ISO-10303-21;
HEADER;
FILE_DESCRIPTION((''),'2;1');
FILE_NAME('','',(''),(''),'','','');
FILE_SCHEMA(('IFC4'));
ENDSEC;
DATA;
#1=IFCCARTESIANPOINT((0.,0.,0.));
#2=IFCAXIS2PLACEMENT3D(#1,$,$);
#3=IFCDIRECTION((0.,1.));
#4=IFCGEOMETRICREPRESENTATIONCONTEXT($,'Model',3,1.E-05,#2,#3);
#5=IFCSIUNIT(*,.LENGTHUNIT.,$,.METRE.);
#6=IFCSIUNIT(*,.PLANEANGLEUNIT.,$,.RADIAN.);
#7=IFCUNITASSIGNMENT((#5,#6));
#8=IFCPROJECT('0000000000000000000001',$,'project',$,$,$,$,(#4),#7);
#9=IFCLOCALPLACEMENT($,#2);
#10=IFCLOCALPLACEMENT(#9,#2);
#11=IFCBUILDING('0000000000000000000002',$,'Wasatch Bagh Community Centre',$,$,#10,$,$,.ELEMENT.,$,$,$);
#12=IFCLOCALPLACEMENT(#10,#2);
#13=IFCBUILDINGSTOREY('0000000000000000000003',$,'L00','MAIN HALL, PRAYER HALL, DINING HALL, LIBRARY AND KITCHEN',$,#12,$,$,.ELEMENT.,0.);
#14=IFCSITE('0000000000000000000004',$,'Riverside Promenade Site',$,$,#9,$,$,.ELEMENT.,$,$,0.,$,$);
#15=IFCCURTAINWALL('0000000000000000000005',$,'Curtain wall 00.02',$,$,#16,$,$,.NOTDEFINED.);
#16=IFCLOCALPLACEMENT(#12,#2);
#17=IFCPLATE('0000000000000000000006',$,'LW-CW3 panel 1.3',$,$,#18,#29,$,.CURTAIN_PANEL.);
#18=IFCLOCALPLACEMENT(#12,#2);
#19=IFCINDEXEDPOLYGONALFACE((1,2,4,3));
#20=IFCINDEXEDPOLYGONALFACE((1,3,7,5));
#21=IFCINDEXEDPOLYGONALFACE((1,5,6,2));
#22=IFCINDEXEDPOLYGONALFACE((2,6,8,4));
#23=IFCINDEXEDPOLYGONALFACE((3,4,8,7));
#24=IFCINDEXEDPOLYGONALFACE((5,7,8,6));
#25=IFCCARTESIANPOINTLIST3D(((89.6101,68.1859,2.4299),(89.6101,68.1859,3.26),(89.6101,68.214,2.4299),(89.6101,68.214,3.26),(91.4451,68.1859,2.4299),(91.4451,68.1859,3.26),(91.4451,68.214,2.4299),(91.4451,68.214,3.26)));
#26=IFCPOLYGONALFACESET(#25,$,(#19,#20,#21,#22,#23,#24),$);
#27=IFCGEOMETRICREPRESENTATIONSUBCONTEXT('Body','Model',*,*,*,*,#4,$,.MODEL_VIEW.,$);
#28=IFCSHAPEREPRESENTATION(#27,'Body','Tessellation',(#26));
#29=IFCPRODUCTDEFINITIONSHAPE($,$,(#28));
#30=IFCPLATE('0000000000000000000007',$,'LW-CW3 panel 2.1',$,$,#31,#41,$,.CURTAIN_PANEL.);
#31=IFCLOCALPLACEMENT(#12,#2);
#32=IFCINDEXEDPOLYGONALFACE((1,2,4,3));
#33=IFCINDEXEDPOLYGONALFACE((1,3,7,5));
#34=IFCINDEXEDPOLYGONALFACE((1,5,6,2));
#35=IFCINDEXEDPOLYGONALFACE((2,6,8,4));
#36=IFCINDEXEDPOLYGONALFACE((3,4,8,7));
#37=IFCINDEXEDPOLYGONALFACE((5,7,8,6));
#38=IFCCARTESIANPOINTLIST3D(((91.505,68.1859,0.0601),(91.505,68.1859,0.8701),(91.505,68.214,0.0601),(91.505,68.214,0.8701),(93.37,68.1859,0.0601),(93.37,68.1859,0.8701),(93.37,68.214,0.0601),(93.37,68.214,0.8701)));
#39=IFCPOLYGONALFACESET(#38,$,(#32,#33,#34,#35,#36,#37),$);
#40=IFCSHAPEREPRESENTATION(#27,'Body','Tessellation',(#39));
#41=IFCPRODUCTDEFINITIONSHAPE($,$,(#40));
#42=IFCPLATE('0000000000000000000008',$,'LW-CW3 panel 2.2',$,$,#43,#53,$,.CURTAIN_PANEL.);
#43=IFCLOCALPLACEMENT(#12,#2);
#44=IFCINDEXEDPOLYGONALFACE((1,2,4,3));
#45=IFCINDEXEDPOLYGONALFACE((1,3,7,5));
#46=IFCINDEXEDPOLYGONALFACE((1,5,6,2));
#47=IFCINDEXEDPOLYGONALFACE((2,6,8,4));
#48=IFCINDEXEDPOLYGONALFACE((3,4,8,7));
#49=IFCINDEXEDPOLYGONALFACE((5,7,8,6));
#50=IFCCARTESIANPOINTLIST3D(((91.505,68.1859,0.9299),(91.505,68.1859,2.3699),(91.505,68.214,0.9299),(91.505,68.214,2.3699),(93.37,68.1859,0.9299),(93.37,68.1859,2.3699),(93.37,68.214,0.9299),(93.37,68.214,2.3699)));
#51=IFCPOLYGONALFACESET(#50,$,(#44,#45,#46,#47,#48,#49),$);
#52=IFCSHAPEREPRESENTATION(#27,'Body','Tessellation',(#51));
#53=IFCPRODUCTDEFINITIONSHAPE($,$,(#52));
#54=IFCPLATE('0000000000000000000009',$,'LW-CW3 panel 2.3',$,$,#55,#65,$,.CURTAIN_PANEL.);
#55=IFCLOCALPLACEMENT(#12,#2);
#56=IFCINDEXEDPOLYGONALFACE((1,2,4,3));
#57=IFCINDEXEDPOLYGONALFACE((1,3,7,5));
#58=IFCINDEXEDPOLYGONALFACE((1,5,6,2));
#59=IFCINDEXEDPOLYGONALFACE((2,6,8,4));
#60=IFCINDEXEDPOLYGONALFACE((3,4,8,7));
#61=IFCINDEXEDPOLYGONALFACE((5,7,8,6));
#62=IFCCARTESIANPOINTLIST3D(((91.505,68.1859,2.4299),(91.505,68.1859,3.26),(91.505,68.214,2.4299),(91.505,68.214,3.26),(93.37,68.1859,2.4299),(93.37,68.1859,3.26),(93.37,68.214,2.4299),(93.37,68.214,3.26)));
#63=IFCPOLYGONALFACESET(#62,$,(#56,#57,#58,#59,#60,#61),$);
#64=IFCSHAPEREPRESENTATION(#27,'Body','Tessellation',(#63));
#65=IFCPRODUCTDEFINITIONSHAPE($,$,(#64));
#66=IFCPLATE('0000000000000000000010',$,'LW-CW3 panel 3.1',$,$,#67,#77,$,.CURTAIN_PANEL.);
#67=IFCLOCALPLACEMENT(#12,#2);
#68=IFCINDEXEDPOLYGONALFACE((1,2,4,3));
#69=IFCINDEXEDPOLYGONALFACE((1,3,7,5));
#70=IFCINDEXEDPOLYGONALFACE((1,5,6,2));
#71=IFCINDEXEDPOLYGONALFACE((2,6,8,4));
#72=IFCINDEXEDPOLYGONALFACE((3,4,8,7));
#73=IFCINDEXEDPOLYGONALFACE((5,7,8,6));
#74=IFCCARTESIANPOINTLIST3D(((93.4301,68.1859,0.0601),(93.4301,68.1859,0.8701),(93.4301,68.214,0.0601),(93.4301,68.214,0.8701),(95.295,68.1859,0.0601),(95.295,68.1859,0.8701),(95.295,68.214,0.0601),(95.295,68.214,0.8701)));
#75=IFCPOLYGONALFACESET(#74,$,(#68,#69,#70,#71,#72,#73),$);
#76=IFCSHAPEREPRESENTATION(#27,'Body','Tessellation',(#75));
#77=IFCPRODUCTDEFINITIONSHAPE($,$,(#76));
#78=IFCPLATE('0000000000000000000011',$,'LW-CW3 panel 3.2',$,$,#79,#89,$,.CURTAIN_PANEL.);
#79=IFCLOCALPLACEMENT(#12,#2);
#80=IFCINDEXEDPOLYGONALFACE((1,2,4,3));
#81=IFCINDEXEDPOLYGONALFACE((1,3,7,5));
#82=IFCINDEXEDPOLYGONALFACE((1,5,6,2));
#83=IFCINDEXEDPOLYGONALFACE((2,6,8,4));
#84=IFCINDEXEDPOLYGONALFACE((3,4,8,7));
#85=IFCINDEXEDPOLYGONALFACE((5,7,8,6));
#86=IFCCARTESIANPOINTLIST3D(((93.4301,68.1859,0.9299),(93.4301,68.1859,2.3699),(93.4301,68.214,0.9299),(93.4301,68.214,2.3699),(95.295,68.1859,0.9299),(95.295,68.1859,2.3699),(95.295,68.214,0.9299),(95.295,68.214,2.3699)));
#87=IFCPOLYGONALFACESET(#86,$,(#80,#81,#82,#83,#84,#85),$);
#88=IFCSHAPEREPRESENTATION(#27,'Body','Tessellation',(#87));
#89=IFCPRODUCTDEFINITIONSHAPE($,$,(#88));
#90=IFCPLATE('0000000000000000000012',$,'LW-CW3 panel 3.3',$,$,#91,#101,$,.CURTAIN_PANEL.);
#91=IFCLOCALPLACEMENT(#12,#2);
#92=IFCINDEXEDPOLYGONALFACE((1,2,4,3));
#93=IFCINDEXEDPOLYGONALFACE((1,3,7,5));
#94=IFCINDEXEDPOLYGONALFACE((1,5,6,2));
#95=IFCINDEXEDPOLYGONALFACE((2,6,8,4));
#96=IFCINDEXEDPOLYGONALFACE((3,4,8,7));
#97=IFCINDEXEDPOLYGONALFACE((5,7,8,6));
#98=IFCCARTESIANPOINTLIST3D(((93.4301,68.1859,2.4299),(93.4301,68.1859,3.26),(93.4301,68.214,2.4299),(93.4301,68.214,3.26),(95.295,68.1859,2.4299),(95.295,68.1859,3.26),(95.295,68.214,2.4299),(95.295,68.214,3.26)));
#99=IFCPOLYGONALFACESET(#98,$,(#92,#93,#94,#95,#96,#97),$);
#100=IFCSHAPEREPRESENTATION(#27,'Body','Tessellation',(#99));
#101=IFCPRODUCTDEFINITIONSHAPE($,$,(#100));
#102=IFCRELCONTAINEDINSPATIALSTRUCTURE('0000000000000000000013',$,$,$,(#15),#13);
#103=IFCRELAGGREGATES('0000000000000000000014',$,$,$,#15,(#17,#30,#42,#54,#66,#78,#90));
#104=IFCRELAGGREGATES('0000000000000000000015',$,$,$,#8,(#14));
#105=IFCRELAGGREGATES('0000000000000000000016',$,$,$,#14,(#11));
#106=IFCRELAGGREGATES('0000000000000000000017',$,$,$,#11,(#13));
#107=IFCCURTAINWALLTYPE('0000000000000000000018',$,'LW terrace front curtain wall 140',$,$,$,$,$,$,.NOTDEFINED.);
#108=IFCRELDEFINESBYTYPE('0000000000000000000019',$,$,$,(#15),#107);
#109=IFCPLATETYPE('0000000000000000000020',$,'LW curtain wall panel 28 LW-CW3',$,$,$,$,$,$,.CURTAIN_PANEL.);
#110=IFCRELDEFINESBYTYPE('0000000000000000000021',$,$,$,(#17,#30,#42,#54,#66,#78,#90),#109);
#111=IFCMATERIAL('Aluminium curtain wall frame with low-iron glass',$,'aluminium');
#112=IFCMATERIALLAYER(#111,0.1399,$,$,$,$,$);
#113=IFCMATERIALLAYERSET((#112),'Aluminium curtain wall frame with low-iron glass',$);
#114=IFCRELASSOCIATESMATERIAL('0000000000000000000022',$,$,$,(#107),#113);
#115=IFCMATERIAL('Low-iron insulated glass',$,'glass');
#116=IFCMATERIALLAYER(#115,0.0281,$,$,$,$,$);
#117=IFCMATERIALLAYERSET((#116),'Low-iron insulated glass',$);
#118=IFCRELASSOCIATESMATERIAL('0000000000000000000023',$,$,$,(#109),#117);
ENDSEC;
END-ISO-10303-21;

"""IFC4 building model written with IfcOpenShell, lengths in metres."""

from ifc_helpers import new_model, si_unit, direction, frame, origin, origin_2d, place, context, subcontext, project, spatial, rectangle, extrude, material, layer, layer_set, type_object, element, aggregate, save


model = new_model("IFC4")

# Units and contexts
model_context = context("Model", 3, precision=1e-05, world=origin(), true_north=direction((0.0, 1.0)))
body_context = subcontext(model_context, "Body", "Model", "MODEL_VIEW")
ifc_project = project(units=[si_unit("LENGTHUNIT", "METRE"), si_unit("PLANEANGLEUNIT", "RADIAN")], contexts=[model_context])

# Site, building, storey
site_placement = place(None, origin())
site = spatial("IfcSite", under=ifc_project, at=site_placement, Name="Riverside Promenade Site", CompositionType="ELEMENT", RefElevation=0.0)
building_placement = place(site_placement, origin())
building = spatial("IfcBuilding", under=site, at=building_placement, Name="Wasatch Bagh Community Centre", CompositionType="ELEMENT")
storey_placement = place(building_placement, origin())
storey = spatial("IfcBuildingStorey", under=building, at=storey_placement, Name="L00", Description="MAIN HALL, PRAYER HALL, DINING HALL, LIBRARY AND KITCHEN", CompositionType="ELEMENT", Elevation=0.0)

# Curtain wall, plates
ifc_material_1 = material(Name="Aluminium curtain wall frame with low-iron glass", Category="aluminium")
ifc_layer_1 = layer(ifc_material_1, 0.1399)
ifc_layer_set_1 = layer_set([ifc_layer_1], Name="Aluminium curtain wall frame with low-iron glass")
curtain_wall_type = type_object("IfcCurtainWallType", Name="LW terrace front curtain wall 140", PredefinedType="NOTDEFINED", material=ifc_layer_set_1)
curtain_wall_placement = place(storey_placement, origin())
curtain_wall = element("IfcCurtainWall", 1, at=curtain_wall_placement, inside=storey, type_object=curtain_wall_type, Name="Curtain wall 00.02", PredefinedType="NOTDEFINED")
ifc_material_2 = material(Name="Low-iron insulated glass", Category="glass")
ifc_layer_2 = layer(ifc_material_2, 0.0281)
ifc_layer_set_2 = layer_set([ifc_layer_2], Name="Low-iron insulated glass")
plate_type = type_object("IfcPlateType", Name="LW curtain wall panel 28 LW-CW3", PredefinedType="CURTAIN_PANEL", material=ifc_layer_set_2)
plate_1_placement = place(storey_placement, frame((90.5276, 68.2, 2.4299), z_axis=(0.0, 0.0, 1.0), x_axis=(1.0, 0.0, 0.0)))
plate_1 = element("IfcPlate", 2, at=plate_1_placement, type_object=plate_type, Name="LW-CW3 panel 1.3", PredefinedType="CURTAIN_PANEL", context=body_context, shape_type="SweptSolid", body=[
    extrude(rectangle(XDim=1.835, YDim=0.0281, at=origin_2d()), origin(), (0.0, 0.0, 1.0), 0.8301),
])
plate_2_placement = place(storey_placement, frame((92.4375, 68.2, 0.0601), z_axis=(0.0, 0.0, 1.0), x_axis=(1.0, 0.0, 0.0)))
plate_2 = element("IfcPlate", 3, at=plate_2_placement, type_object=plate_type, Name="LW-CW3 panel 2.1", PredefinedType="CURTAIN_PANEL", context=body_context, shape_type="SweptSolid", body=[
    extrude(rectangle(XDim=1.865, YDim=0.0281, at=origin_2d()), origin(), (0.0, 0.0, 1.0), 0.8101),
])
plate_3_placement = place(storey_placement, frame((92.4375, 68.2, 0.9299), z_axis=(0.0, 0.0, 1.0), x_axis=(1.0, 0.0, 0.0)))
plate_3 = element("IfcPlate", 4, at=plate_3_placement, type_object=plate_type, Name="LW-CW3 panel 2.2", PredefinedType="CURTAIN_PANEL", context=body_context, shape_type="SweptSolid", body=[
    extrude(rectangle(XDim=1.865, YDim=0.0281, at=origin_2d()), origin(), (0.0, 0.0, 1.0), 1.4399),
])
plate_4_placement = place(storey_placement, frame((92.4375, 68.2, 2.4299), z_axis=(0.0, 0.0, 1.0), x_axis=(1.0, 0.0, 0.0)))
plate_4 = element("IfcPlate", 5, at=plate_4_placement, type_object=plate_type, Name="LW-CW3 panel 2.3", PredefinedType="CURTAIN_PANEL", context=body_context, shape_type="SweptSolid", body=[
    extrude(rectangle(XDim=1.865, YDim=0.0281, at=origin_2d()), origin(), (0.0, 0.0, 1.0), 0.8301),
])
plate_5_placement = place(storey_placement, frame((94.3625, 68.2, 0.0601), z_axis=(0.0, 0.0, 1.0), x_axis=(1.0, 0.0, 0.0)))
plate_5 = element("IfcPlate", 6, at=plate_5_placement, type_object=plate_type, Name="LW-CW3 panel 3.1", PredefinedType="CURTAIN_PANEL", context=body_context, shape_type="SweptSolid", body=[
    extrude(rectangle(XDim=1.865, YDim=0.0281, at=origin_2d()), origin(), (0.0, 0.0, 1.0), 0.8101),
])
plate_6_placement = place(storey_placement, frame((94.3625, 68.2, 0.9299), z_axis=(0.0, 0.0, 1.0), x_axis=(1.0, 0.0, 0.0)))
plate_6 = element("IfcPlate", 7, at=plate_6_placement, type_object=plate_type, Name="LW-CW3 panel 3.2", PredefinedType="CURTAIN_PANEL", context=body_context, shape_type="SweptSolid", body=[
    extrude(rectangle(XDim=1.865, YDim=0.0281, at=origin_2d()), origin(), (0.0, 0.0, 1.0), 1.4399),
])
plate_7_placement = place(storey_placement, frame((94.3625, 68.2, 2.4299), z_axis=(0.0, 0.0, 1.0), x_axis=(1.0, 0.0, 0.0)))
plate_7 = element("IfcPlate", 8, at=plate_7_placement, type_object=plate_type, Name="LW-CW3 panel 3.3", PredefinedType="CURTAIN_PANEL", context=body_context, shape_type="SweptSolid", body=[
    extrude(rectangle(XDim=1.865, YDim=0.0281, at=origin_2d()), origin(), (0.0, 0.0, 1.0), 0.8301),
])
aggregate(curtain_wall, [plate_1, plate_2, plate_3, plate_4, plate_5, plate_6, plate_7])

save(model, "model.ifc")
